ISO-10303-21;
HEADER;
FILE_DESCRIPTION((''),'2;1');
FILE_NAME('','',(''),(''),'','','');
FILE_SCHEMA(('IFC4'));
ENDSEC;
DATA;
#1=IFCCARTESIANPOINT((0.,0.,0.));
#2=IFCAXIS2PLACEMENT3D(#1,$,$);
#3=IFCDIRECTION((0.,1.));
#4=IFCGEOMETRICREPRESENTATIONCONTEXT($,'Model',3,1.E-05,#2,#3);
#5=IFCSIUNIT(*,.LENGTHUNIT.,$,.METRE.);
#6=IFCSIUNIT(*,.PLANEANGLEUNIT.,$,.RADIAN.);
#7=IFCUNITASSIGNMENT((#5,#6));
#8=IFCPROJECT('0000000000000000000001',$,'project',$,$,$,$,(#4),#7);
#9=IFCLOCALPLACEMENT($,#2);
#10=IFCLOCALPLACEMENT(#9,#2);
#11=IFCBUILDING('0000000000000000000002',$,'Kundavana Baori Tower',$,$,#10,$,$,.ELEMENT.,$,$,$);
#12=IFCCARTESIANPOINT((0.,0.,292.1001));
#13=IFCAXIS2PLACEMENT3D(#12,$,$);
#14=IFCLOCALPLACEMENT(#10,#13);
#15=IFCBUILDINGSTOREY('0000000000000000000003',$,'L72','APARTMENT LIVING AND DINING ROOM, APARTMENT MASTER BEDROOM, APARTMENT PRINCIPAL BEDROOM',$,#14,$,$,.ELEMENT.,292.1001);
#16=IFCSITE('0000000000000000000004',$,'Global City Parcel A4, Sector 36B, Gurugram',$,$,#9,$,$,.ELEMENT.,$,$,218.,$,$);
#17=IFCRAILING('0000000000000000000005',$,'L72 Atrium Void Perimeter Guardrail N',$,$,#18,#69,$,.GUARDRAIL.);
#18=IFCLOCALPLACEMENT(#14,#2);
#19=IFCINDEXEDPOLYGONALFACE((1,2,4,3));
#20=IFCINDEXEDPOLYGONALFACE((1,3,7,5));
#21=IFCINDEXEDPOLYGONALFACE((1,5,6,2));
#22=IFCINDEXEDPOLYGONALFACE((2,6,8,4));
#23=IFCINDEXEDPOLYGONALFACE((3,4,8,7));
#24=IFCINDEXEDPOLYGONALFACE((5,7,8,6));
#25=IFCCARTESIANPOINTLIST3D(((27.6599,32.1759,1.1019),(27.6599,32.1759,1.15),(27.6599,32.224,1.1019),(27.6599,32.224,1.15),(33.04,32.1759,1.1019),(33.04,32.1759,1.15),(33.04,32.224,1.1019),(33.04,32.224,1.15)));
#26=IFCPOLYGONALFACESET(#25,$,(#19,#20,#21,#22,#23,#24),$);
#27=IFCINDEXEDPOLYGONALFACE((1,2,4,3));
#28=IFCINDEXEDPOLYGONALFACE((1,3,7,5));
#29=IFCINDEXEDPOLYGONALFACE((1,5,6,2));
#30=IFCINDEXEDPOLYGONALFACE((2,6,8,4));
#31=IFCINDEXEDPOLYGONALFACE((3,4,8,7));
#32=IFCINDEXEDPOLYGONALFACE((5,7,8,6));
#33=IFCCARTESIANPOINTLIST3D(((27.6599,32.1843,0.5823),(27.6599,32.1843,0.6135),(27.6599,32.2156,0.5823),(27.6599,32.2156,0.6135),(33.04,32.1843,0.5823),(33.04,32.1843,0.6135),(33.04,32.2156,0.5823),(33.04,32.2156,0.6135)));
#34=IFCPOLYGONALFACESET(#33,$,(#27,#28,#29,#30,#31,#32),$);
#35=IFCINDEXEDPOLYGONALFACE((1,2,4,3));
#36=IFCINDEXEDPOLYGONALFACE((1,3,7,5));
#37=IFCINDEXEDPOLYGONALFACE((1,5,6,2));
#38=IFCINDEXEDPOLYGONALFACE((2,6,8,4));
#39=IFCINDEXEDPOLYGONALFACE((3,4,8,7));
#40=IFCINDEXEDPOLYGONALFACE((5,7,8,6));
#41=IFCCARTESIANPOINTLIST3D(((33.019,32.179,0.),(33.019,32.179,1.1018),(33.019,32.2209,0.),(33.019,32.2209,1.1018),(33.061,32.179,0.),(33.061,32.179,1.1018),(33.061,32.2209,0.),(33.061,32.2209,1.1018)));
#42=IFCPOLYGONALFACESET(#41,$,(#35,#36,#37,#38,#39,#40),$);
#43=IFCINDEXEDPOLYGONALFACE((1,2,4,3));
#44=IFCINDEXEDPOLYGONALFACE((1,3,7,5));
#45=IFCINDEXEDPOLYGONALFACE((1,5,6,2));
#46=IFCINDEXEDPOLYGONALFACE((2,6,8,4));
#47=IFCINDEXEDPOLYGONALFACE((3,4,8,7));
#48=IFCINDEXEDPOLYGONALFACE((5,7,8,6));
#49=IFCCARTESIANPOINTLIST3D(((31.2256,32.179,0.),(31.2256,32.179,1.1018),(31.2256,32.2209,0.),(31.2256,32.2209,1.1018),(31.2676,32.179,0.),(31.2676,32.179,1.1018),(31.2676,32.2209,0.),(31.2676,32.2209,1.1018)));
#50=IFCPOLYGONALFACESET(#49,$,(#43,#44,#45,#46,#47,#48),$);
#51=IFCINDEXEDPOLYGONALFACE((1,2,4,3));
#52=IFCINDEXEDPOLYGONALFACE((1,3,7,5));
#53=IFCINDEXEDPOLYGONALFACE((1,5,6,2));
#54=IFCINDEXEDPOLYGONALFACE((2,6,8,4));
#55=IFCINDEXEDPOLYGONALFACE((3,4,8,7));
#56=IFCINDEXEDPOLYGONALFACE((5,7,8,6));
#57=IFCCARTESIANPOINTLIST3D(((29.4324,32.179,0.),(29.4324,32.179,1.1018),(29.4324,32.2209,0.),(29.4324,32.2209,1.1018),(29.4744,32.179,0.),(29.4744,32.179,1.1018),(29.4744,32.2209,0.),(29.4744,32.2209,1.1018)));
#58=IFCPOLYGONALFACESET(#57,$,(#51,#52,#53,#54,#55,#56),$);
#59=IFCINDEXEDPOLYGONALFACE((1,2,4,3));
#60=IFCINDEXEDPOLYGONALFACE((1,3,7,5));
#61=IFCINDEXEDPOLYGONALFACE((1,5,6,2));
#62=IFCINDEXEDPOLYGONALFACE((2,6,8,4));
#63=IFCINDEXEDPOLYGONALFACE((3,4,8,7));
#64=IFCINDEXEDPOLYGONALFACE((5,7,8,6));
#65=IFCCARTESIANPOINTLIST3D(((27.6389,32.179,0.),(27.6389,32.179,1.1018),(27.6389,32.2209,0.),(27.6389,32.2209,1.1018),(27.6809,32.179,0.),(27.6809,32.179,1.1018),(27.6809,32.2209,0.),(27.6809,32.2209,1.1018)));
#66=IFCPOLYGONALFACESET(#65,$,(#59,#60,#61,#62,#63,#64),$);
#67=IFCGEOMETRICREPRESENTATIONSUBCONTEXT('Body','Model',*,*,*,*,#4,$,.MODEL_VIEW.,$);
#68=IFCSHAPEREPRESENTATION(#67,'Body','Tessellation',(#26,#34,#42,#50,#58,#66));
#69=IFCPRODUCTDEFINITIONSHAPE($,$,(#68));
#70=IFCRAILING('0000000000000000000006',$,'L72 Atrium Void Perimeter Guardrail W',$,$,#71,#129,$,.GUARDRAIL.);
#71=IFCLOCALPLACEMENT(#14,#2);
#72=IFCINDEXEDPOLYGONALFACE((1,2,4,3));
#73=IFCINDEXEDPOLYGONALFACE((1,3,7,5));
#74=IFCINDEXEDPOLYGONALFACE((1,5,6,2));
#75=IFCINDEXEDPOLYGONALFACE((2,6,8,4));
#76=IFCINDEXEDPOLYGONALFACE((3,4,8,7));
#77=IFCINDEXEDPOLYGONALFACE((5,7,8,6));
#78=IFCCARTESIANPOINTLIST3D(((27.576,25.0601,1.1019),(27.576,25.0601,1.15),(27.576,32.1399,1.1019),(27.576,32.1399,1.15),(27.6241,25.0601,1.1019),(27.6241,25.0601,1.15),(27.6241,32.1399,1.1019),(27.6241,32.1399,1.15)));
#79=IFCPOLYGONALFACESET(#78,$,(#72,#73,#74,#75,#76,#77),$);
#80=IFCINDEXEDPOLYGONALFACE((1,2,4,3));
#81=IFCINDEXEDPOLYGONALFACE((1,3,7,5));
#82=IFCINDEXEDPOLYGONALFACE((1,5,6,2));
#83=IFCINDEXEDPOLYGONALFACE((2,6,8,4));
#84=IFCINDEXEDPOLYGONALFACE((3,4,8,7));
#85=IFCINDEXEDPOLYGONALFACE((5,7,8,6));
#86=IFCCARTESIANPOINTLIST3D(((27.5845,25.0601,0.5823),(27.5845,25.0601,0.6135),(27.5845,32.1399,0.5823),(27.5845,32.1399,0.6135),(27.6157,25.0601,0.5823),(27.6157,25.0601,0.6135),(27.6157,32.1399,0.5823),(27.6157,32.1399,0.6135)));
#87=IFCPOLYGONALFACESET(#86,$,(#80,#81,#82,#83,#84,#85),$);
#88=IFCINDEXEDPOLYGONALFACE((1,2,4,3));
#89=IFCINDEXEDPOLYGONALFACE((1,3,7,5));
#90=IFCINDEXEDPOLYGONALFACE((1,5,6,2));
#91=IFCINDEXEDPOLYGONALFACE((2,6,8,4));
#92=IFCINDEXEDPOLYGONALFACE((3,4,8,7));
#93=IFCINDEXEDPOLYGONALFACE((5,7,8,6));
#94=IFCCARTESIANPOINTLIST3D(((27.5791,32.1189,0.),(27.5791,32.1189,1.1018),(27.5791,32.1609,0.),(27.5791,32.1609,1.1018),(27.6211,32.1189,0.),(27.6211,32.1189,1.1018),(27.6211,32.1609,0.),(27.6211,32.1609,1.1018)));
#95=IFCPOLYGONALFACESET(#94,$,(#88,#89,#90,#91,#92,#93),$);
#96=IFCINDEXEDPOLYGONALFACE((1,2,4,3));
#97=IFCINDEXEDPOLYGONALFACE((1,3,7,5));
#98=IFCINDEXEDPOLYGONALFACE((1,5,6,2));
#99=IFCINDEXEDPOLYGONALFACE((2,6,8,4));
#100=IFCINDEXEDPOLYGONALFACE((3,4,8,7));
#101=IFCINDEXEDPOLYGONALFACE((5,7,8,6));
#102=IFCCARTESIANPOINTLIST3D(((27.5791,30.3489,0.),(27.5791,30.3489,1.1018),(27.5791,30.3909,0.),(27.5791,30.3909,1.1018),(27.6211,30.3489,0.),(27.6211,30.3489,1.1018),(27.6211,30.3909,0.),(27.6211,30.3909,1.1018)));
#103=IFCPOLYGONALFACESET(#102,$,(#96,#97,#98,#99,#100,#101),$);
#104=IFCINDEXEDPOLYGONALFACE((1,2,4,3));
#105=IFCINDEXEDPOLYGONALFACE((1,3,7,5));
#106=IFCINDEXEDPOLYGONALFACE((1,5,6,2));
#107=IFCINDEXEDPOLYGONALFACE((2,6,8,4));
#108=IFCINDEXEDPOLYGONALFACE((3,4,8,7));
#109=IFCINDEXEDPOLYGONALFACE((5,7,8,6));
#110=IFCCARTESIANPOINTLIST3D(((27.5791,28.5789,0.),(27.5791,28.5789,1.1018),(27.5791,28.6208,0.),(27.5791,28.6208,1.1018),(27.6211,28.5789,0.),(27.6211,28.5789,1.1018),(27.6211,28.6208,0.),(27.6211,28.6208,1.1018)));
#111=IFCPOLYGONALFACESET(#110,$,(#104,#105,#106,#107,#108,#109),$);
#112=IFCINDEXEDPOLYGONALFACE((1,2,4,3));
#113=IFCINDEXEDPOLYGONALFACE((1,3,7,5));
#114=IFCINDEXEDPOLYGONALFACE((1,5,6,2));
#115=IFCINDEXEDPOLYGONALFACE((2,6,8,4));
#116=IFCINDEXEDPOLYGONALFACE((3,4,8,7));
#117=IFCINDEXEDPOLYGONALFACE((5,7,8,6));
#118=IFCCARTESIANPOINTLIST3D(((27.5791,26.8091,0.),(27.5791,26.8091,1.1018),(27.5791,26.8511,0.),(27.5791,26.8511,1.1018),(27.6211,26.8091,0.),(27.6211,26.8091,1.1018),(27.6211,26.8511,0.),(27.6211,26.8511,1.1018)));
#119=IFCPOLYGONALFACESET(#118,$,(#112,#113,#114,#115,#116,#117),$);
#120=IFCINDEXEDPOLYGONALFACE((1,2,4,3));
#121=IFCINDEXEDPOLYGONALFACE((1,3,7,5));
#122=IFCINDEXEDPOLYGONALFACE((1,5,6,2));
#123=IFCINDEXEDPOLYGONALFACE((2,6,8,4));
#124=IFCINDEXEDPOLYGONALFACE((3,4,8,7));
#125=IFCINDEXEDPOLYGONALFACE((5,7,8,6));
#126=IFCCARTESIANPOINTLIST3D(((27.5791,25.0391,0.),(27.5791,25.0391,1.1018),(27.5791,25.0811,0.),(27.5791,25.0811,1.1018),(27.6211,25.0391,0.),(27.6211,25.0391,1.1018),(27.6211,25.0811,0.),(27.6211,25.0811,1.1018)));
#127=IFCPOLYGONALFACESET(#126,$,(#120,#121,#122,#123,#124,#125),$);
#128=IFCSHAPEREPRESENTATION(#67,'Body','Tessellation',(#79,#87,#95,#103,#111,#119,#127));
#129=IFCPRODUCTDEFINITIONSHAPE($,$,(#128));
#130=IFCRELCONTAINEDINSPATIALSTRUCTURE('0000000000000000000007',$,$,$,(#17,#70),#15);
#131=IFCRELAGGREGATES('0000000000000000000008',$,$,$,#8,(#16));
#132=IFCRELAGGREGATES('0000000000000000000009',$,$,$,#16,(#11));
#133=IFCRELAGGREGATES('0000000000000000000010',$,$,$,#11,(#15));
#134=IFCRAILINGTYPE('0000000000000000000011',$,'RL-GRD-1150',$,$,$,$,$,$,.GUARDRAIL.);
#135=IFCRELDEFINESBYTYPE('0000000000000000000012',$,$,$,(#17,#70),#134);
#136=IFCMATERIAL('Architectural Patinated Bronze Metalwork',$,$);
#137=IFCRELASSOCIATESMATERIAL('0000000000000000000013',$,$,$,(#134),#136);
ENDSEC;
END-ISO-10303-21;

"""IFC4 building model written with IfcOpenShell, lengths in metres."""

from ifc_helpers import new_model, si_unit, direction, frame, origin, origin_2d, place, context, subcontext, project, spatial, rectangle, extrude, material, type_object, element, save


model = new_model("IFC4")

# Units and contexts
model_context = context("Model", 3, precision=1e-05, world=origin(), true_north=direction((0.0, 1.0)))
body_context = subcontext(model_context, "Body", "Model", "MODEL_VIEW")
ifc_project = project(units=[si_unit("LENGTHUNIT", "METRE"), si_unit("PLANEANGLEUNIT", "RADIAN")], contexts=[model_context])

# Site, building, storey
site_placement = place(None, origin())
site = spatial("IfcSite", under=ifc_project, at=site_placement, Name="Global City Parcel A4, Sector 36B, Gurugram", CompositionType="ELEMENT", RefElevation=218.0)
building_placement = place(site_placement, origin())
building = spatial("IfcBuilding", under=site, at=building_placement, Name="Kundavana Baori Tower", CompositionType="ELEMENT")
storey_placement = place(building_placement, frame((0.0, 0.0, 292.1001)))
storey = spatial("IfcBuildingStorey", under=building, at=storey_placement, Name="L72", Description="APARTMENT LIVING AND DINING ROOM, APARTMENT MASTER BEDROOM, APARTMENT PRINCIPAL BEDROOM", CompositionType="ELEMENT", Elevation=292.1001)

# Railings
ifc_material_1 = material(Name="Architectural Patinated Bronze Metalwork")
railing_type = type_object("IfcRailingType", Name="RL-GRD-1150", PredefinedType="GUARDRAIL", material=ifc_material_1)
railing_1_placement = place(storey_placement, frame((33.04, 32.2, 0.0)))
element("IfcRailing", 1, at=railing_1_placement, inside=storey, type_object=railing_type, Name="L72 Atrium Void Perimeter Guardrail N", PredefinedType="GUARDRAIL", context=body_context, shape_type="SweptSolid", body=[
    extrude(rectangle(XDim=0.0481, YDim=0.0481, at=origin_2d()), frame((0.0, 0.0, 1.126), z_axis=(-1.0, 0.0, 0.0), x_axis=(0.0, -1.0, 0.0)), (0.0, 0.0, 1.0), 5.3801),
    extrude(rectangle(XDim=0.0312, YDim=0.0312, at=origin_2d()), frame((0.0, 0.0, 0.5979), z_axis=(-1.0, 0.0, 0.0), x_axis=(0.0, -1.0, 0.0)), (0.0, 0.0, 1.0), 5.3801),
    extrude(rectangle(XDim=0.042, YDim=0.042, at=origin_2d()), origin(), (0.0, 0.0, 1.0), 1.1018),
    extrude(rectangle(XDim=0.042, YDim=0.042, at=origin_2d()), frame((-1.7935, 0.0, 0.0)), (0.0, 0.0, 1.0), 1.1018),
    extrude(rectangle(XDim=0.042, YDim=0.042, at=origin_2d()), frame((-3.5867, 0.0, 0.0)), (0.0, 0.0, 1.0), 1.1018),
    extrude(rectangle(XDim=0.042, YDim=0.042, at=origin_2d()), frame((-5.3801, 0.0, 0.0)), (0.0, 0.0, 1.0), 1.1018),
])
railing_2_placement = place(storey_placement, frame((27.6001, 32.1399, 0.0)))
element("IfcRailing", 2, at=railing_2_placement, inside=storey, type_object=railing_type, Name="L72 Atrium Void Perimeter Guardrail W", PredefinedType="GUARDRAIL", context=body_context, shape_type="SweptSolid", body=[
    extrude(rectangle(XDim=0.0481, YDim=0.0481, at=origin_2d()), frame((0.0, 0.0, 1.126), z_axis=(0.0, -1.0, 0.0), x_axis=(1.0, 0.0, 0.0)), (0.0, 0.0, 1.0), 7.0798),
    extrude(rectangle(XDim=0.0312, YDim=0.0312, at=origin_2d()), frame((0.0, 0.0, 0.5979), z_axis=(0.0, -1.0, 0.0), x_axis=(1.0, 0.0, 0.0)), (0.0, 0.0, 1.0), 7.0798),
    extrude(rectangle(XDim=0.042, YDim=0.042, at=origin_2d()), origin(), (0.0, 0.0, 1.0), 1.1018),
    extrude(rectangle(XDim=0.042, YDim=0.042, at=origin_2d()), frame((0.0, -1.77, 0.0)), (0.0, 0.0, 1.0), 1.1018),
    extrude(rectangle(XDim=0.042, YDim=0.042, at=origin_2d()), frame((0.0, -3.54, 0.0)), (0.0, 0.0, 1.0), 1.1018),
    extrude(rectangle(XDim=0.042, YDim=0.042, at=origin_2d()), frame((0.0, -5.3098, 0.0)), (0.0, 0.0, 1.0), 1.1018),
    extrude(rectangle(XDim=0.042, YDim=0.042, at=origin_2d()), frame((0.0, -7.0798, 0.0)), (0.0, 0.0, 1.0), 1.1018),
])

save(model, "model.ifc")
